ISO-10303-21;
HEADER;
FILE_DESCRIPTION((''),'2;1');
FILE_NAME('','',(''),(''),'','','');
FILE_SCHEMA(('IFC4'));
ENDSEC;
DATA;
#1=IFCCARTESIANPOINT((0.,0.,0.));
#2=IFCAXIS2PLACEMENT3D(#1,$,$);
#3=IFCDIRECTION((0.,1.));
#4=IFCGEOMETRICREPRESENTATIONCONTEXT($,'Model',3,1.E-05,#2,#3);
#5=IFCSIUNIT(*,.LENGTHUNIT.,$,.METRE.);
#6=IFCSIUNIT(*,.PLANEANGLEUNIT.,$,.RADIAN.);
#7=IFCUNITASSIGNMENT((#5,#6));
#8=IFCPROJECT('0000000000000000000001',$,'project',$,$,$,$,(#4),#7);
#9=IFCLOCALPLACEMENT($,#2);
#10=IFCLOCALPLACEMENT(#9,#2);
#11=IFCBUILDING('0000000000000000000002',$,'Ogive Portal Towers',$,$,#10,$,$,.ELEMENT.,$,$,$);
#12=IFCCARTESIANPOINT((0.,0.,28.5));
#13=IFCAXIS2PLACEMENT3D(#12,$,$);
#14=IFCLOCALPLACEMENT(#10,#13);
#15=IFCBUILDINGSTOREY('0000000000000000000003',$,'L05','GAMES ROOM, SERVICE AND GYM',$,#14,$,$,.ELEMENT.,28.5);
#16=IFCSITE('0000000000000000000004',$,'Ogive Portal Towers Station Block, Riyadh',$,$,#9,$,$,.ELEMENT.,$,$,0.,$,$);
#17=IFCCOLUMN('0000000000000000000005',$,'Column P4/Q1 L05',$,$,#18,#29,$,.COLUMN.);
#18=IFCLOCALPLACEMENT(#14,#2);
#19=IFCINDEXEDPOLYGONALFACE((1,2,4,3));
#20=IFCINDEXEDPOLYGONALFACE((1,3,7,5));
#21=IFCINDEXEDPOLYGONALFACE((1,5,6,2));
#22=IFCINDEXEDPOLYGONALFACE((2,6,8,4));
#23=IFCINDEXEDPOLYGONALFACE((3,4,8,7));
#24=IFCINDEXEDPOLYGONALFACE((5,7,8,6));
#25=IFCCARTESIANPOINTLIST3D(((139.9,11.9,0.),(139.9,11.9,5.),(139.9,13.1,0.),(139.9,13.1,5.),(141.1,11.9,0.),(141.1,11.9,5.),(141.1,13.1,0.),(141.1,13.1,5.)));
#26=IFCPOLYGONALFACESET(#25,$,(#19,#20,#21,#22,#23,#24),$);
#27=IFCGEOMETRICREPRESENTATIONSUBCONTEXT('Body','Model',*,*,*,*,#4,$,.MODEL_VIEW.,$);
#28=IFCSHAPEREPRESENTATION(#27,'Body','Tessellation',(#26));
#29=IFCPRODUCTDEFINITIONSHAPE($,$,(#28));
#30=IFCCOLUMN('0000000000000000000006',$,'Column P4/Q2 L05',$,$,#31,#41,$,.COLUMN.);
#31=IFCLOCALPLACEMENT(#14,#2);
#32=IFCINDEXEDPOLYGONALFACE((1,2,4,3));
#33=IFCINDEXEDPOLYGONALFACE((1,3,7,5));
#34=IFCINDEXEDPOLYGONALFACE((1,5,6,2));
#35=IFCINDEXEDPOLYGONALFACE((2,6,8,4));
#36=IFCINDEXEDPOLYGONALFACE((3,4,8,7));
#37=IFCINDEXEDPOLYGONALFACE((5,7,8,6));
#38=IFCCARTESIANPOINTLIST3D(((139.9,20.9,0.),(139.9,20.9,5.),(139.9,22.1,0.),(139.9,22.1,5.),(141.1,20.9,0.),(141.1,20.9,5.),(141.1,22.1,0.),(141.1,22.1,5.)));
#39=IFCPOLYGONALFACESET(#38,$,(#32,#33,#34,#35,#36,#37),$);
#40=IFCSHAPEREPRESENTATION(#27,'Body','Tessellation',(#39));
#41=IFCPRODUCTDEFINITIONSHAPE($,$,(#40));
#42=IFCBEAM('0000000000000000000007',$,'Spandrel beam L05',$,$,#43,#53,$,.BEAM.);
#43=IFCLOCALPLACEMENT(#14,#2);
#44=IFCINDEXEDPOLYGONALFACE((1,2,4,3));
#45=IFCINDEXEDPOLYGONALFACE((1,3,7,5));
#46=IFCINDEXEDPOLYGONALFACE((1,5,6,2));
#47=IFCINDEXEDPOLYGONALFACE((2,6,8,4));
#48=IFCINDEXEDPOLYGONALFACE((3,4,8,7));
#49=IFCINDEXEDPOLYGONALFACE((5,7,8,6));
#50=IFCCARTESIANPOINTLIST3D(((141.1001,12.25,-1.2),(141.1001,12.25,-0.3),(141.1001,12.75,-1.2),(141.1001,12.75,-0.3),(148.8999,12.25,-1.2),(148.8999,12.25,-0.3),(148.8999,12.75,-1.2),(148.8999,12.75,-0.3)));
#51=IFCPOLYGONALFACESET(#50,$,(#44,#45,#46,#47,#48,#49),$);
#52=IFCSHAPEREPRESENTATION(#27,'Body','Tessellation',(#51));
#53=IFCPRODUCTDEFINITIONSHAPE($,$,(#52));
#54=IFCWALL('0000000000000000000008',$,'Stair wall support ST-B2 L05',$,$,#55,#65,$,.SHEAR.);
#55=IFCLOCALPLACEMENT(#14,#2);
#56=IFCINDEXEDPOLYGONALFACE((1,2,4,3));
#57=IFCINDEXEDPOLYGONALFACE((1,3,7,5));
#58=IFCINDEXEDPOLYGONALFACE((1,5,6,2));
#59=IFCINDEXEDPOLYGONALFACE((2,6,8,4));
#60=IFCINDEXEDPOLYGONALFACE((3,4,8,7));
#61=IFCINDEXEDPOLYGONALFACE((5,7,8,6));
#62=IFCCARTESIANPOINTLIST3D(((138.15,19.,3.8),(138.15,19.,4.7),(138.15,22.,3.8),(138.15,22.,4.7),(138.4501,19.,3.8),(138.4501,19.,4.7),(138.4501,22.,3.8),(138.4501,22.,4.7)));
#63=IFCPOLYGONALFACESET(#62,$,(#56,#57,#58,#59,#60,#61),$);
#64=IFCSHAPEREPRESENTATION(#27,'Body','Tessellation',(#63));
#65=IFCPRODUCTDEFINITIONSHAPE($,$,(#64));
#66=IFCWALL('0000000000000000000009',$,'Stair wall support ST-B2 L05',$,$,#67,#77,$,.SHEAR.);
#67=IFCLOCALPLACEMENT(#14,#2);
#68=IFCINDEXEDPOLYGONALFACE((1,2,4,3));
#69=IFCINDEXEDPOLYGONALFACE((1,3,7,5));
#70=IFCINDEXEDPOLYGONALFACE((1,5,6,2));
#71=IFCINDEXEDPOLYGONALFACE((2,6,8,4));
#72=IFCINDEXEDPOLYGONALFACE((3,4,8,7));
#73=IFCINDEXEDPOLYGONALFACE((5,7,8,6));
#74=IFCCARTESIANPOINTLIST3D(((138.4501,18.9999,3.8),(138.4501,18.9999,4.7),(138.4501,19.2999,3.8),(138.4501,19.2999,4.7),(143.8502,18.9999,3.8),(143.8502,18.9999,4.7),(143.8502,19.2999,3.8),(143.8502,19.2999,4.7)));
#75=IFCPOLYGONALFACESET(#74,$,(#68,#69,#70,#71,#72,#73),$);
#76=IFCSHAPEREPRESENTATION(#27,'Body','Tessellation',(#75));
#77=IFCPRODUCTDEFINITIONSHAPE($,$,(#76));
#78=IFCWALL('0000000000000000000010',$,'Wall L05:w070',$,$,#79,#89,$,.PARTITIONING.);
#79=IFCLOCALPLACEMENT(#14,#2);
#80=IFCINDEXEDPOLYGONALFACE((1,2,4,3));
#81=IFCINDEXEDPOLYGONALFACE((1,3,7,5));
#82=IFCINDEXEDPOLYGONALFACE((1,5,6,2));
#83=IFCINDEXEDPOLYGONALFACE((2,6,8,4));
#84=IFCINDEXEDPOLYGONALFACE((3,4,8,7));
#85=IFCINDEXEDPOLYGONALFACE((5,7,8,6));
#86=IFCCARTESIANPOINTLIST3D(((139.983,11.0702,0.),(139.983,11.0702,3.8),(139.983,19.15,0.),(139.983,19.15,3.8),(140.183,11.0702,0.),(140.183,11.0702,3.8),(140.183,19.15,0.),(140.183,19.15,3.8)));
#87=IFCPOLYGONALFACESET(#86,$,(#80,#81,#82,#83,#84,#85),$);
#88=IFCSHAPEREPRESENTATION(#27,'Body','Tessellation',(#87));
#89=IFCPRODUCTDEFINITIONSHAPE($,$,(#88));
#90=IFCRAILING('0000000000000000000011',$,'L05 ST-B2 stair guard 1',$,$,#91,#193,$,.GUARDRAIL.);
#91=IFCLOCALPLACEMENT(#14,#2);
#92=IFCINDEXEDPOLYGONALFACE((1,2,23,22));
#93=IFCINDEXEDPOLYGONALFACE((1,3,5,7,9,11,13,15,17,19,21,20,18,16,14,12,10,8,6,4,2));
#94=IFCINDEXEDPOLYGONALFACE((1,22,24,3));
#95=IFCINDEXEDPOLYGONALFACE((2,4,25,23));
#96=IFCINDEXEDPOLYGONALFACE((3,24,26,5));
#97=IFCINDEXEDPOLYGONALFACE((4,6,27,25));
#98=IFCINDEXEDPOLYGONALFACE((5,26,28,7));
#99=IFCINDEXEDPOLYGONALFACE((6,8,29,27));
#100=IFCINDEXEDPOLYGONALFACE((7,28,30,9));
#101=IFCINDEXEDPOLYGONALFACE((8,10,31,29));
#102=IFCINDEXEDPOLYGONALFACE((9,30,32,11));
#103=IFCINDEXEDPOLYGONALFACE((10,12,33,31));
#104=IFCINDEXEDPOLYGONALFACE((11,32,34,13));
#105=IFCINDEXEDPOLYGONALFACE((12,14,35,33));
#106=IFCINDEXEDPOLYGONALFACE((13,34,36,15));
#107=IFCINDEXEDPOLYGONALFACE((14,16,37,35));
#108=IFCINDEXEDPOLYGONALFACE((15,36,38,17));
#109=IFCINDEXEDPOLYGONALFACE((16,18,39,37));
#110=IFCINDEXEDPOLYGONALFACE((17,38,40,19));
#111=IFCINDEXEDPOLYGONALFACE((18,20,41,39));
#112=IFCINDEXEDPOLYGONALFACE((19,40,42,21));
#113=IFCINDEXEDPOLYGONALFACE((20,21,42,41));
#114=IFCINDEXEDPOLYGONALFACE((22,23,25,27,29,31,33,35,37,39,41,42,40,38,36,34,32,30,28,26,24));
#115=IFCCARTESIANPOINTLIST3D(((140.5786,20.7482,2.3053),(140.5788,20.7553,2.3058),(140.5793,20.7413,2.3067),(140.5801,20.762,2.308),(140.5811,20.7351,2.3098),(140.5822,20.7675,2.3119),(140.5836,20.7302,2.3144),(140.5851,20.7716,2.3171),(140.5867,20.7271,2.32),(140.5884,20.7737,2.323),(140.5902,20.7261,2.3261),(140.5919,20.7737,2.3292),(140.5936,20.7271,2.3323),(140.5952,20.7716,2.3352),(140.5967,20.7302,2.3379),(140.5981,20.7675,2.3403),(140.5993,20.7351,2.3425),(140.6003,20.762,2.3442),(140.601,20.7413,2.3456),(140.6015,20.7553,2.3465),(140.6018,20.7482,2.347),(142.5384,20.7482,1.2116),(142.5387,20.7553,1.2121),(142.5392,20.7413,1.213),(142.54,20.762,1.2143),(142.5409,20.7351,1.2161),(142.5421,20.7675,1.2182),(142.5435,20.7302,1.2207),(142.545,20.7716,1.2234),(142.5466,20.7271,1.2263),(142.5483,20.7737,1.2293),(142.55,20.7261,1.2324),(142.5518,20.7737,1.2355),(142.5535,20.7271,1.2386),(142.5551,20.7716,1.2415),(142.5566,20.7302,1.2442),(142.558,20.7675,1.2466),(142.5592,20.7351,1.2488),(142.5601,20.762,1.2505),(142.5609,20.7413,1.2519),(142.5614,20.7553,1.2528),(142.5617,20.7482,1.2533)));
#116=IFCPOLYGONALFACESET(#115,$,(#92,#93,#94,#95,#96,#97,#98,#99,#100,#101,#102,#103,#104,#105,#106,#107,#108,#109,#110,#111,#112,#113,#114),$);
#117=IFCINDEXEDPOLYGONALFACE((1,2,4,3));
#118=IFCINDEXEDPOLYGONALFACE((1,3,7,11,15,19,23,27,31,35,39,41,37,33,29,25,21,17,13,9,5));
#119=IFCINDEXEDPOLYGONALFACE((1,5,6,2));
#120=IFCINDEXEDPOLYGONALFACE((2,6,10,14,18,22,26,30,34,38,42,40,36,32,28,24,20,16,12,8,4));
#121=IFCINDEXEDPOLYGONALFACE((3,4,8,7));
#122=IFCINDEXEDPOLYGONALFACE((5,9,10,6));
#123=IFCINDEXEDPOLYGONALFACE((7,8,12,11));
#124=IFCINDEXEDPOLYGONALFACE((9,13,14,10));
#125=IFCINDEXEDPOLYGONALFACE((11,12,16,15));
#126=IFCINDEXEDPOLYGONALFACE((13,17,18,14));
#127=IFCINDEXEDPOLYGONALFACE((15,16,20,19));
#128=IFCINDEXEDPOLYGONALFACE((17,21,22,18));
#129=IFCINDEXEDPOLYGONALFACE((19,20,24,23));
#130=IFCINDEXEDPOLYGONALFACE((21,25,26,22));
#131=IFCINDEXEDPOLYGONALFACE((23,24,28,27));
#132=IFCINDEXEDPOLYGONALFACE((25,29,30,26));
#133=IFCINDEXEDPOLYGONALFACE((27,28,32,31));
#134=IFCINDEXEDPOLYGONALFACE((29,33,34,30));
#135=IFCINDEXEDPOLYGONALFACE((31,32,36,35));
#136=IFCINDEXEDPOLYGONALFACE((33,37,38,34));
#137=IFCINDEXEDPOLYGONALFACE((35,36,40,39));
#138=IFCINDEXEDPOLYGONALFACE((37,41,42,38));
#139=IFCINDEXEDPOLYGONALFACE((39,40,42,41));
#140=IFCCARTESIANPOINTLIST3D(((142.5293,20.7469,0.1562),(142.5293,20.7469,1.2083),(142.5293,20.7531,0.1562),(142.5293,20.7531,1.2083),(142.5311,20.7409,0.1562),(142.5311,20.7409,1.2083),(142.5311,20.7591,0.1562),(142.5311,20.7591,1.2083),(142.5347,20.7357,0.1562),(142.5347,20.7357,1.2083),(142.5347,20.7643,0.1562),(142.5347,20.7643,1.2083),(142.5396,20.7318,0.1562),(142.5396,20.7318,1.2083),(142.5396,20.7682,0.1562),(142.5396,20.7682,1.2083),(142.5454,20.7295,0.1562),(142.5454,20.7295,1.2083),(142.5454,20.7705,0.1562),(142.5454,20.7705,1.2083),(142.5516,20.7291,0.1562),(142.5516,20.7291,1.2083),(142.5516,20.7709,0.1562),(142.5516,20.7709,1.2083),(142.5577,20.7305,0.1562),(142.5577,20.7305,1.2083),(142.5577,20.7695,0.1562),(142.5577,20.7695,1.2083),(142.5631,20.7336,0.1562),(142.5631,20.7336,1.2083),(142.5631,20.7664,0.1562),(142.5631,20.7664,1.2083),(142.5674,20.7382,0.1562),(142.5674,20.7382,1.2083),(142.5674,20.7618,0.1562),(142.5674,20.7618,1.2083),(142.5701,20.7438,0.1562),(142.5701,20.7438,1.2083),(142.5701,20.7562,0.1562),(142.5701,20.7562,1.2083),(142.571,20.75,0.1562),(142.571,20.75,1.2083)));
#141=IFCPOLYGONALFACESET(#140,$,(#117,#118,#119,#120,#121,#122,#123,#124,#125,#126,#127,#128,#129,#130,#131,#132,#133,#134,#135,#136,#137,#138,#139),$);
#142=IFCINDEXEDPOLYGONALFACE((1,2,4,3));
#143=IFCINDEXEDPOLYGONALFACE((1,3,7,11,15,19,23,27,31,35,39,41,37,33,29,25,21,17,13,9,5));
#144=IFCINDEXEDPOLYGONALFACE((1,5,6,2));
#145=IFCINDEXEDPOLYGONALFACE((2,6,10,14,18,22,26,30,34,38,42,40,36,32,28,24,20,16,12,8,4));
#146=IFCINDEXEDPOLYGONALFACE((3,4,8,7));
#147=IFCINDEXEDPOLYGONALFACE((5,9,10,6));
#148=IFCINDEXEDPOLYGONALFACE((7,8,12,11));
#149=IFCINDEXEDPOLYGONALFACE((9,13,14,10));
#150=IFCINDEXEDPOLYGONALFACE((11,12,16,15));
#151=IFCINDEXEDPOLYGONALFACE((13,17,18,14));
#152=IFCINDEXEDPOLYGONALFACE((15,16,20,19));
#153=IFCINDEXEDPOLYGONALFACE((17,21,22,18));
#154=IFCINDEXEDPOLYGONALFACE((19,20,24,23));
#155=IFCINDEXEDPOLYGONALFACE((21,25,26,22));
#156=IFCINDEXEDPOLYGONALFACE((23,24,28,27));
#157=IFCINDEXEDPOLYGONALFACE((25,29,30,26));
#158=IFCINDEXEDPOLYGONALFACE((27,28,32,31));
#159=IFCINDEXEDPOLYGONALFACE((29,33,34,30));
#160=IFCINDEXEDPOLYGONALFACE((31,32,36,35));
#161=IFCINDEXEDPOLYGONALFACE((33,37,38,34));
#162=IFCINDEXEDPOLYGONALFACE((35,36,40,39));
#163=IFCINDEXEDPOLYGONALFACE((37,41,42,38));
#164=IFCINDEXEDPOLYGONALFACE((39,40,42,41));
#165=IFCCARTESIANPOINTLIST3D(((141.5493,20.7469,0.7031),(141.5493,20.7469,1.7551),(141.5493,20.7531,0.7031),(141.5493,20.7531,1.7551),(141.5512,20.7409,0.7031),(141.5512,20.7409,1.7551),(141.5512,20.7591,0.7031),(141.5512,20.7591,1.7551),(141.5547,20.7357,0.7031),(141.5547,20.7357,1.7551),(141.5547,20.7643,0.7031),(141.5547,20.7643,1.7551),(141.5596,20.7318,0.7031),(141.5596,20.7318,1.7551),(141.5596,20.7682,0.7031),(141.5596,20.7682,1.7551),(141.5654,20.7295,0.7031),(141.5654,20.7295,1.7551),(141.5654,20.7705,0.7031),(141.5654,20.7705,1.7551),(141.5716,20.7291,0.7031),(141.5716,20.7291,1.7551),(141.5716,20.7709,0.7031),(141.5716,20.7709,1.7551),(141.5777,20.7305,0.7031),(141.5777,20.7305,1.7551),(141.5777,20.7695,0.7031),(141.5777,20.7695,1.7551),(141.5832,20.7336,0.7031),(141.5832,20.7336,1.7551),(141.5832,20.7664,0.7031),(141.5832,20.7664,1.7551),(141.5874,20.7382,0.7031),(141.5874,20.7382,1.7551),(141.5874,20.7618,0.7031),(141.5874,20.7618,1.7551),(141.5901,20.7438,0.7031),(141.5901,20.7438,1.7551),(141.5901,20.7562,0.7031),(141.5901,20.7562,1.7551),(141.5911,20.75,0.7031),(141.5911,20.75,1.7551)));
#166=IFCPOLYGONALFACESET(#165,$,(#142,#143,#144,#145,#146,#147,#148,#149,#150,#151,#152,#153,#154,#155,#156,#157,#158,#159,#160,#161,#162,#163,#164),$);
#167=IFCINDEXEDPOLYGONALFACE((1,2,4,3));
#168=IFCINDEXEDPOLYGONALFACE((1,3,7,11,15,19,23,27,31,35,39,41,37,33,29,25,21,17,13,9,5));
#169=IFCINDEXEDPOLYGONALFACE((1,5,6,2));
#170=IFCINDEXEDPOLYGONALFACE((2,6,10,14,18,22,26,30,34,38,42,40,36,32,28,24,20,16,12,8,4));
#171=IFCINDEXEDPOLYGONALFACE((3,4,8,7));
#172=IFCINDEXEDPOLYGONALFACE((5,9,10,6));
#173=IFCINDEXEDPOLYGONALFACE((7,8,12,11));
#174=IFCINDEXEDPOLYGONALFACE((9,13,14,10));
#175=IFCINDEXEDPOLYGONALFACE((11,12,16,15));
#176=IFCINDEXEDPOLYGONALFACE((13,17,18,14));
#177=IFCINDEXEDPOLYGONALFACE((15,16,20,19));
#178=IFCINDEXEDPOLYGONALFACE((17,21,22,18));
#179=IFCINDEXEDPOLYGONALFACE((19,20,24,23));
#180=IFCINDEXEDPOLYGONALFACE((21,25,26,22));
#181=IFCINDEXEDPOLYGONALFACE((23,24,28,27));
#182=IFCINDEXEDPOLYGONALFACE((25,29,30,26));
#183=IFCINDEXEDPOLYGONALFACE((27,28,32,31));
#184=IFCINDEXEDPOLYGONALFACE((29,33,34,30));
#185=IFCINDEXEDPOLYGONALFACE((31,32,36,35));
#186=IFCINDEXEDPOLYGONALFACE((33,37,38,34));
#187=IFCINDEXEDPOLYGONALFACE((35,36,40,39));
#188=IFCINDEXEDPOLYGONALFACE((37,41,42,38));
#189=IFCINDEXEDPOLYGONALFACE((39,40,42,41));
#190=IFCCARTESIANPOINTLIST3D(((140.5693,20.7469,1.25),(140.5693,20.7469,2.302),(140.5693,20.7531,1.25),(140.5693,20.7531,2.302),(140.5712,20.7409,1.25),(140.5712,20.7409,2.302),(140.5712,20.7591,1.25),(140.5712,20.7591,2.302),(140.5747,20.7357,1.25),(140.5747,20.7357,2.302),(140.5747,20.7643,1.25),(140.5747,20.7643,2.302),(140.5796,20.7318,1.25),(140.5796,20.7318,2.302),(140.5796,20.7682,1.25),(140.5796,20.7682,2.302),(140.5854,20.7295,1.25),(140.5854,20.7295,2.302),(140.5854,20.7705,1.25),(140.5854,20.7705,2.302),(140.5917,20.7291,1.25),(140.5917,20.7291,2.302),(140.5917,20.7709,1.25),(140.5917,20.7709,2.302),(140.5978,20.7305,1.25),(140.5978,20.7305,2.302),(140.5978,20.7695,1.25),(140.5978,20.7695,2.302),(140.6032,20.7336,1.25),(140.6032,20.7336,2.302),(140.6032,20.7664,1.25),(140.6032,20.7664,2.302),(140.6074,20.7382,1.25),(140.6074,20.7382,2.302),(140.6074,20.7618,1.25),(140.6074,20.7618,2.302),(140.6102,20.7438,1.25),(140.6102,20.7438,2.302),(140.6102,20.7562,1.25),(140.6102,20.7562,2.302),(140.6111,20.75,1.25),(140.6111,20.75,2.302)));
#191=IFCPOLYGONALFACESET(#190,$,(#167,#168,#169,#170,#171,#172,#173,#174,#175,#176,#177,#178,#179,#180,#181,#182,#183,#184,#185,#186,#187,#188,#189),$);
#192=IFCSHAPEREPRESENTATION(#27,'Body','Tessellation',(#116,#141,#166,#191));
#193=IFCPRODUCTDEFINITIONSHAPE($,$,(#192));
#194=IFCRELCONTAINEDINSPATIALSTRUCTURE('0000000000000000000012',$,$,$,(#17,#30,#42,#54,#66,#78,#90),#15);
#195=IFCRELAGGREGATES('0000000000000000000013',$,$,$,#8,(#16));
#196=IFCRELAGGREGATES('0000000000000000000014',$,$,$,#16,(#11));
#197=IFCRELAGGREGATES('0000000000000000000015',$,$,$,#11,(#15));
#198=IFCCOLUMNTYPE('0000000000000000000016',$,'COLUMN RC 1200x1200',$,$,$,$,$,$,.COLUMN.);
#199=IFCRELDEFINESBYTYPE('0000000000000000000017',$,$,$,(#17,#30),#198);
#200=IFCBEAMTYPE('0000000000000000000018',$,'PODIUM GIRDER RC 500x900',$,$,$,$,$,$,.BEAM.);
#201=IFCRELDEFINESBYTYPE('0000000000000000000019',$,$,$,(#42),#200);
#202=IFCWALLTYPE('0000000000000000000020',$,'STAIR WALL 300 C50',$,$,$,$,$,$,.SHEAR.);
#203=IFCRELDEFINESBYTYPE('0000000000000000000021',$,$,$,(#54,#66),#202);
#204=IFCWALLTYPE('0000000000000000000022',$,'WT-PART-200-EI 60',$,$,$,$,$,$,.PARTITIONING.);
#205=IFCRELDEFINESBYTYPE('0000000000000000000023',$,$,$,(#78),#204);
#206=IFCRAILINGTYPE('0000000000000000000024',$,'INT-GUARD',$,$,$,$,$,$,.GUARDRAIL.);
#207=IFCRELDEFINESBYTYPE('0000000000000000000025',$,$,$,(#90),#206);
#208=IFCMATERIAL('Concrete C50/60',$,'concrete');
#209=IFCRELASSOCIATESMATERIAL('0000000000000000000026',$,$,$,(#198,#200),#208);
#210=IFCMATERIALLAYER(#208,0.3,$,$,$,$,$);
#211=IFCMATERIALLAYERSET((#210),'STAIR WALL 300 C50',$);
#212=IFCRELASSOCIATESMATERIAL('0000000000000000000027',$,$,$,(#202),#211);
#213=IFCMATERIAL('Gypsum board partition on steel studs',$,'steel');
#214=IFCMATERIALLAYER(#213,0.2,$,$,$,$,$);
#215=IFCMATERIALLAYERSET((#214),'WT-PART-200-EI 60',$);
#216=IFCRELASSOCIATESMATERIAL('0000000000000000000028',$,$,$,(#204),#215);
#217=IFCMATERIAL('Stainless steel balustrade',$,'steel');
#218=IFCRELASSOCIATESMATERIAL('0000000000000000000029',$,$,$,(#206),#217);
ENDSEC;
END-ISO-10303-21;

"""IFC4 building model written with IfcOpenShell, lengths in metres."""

from ifc_helpers import new_model, si_unit, direction, frame, frame_2d, origin, origin_2d, place, context, subcontext, project, spatial, rectangle, circle, extrude, material, layer, layer_set, material_profile, profile_set, type_object, element, save


model = new_model("IFC4")

# Units and contexts
model_context = context("Model", 3, precision=1e-05, world=origin(), true_north=direction((0.0, 1.0)))
body_context = subcontext(model_context, "Body", "Model", "MODEL_VIEW")
ifc_project = project(units=[si_unit("LENGTHUNIT", "METRE"), si_unit("PLANEANGLEUNIT", "RADIAN")], contexts=[model_context])

# Site, building, storey
site_placement = place(None, origin())
site = spatial("IfcSite", under=ifc_project, at=site_placement, Name="Ogive Portal Towers Station Block, Riyadh", CompositionType="ELEMENT", RefElevation=0.0)
building_placement = place(site_placement, origin())
building = spatial("IfcBuilding", under=site, at=building_placement, Name="Ogive Portal Towers", CompositionType="ELEMENT")
storey_placement = place(building_placement, frame((0.0, 0.0, 28.5)))
storey = spatial("IfcBuildingStorey", under=building, at=storey_placement, Name="L05", Description="GAMES ROOM, SERVICE AND GYM", CompositionType="ELEMENT", Elevation=28.5)

# Columns
ifc_material_1 = material(Name="Concrete C50/60", Category="concrete")
ifc_material_profile_1 = material_profile(ifc_material_1, rectangle(XDim=1.2, YDim=1.2, at=origin_2d()), Name="RC 1200x1200")
ifc_profile_set_1 = profile_set([ifc_material_profile_1], Name="Concrete C50/60")
column_type = type_object("IfcColumnType", Name="COLUMN RC 1200x1200", PredefinedType="COLUMN", material=ifc_profile_set_1)
for number, where, z_axis, x_axis, name in (
    (1, (140.5, 12.5, 0.0), (0.0, 0.0, 1.0), (1.0, 0.0, 0.0), "Column P4/Q1 L05"),
    (2, (140.5, 21.5, 0.0), (0.0, 0.0, 1.0), (1.0, 0.0, 0.0), "Column P4/Q2 L05"),
):
    element("IfcColumn", number, at=place(storey_placement, frame(where, z_axis=z_axis, x_axis=x_axis)), inside=storey, type_object=column_type, Name=name, PredefinedType="COLUMN", context=body_context, shape_type="SweptSolid", body=[
        extrude(rectangle(XDim=1.2, YDim=1.2, at=origin_2d()), origin(), (0.0, 0.0, 1.0), 5.0),
    ])

# Beam
ifc_material_profile_2 = material_profile(ifc_material_1, rectangle(XDim=0.5, YDim=0.8999, at=origin_2d()), Name="RC 500x900")
ifc_profile_set_2 = profile_set([ifc_material_profile_2], Name="Concrete C50/60")
beam_type = type_object("IfcBeamType", Name="PODIUM GIRDER RC 500x900", PredefinedType="BEAM", material=ifc_profile_set_2)
beam_placement = place(storey_placement, frame((141.1001, 12.5, -0.75), z_axis=(1.0, 0.0, 0.0), x_axis=(0.0, 1.0, 0.0)))
element("IfcBeam", 3, at=beam_placement, inside=storey, type_object=beam_type, Name="Spandrel beam L05", PredefinedType="BEAM", context=body_context, shape_type="SweptSolid", body=[
    extrude(rectangle(XDim=0.5, YDim=0.8999, at=origin_2d()), origin(), (0.0, 0.0, 1.0), 7.7998),
])

# Walls
ifc_layer_1 = layer(ifc_material_1, 0.3)
ifc_layer_set_1 = layer_set([ifc_layer_1], Name="STAIR WALL 300 C50")
wall_type_1 = type_object("IfcWallType", Name="STAIR WALL 300 C50", PredefinedType="SHEAR", material=ifc_layer_set_1)
wall_1_placement = place(storey_placement, frame((138.3, 19.0, 3.8), z_axis=(0.0, 0.0, 1.0), x_axis=(0.0, 1.0, 0.0)))
element("IfcWall", 4, at=wall_1_placement, inside=storey, type_object=wall_type_1, Name="Stair wall support ST-B2 L05", PredefinedType="SHEAR", context=body_context, shape_type="SweptSolid", body=[
    extrude(rectangle(XDim=3.0, YDim=0.3, at=frame_2d((1.5, 0.0))), origin(), (0.0, 0.0, 1.0), 0.8999),
])
wall_2_placement = place(storey_placement, frame((138.45, 19.1499, 3.8), z_axis=(0.0, 0.0, 1.0), x_axis=(1.0, 0.0, 0.0)))
element("IfcWall", 5, at=wall_2_placement, inside=storey, type_object=wall_type_1, Name="Stair wall support ST-B2 L05", PredefinedType="SHEAR", context=body_context, shape_type="SweptSolid", body=[
    extrude(rectangle(XDim=5.4001, YDim=0.3, at=frame_2d((2.7002, 0.0))), origin(), (0.0, 0.0, 1.0), 0.8999),
])
ifc_material_2 = material(Name="Gypsum board partition on steel studs", Category="steel")
ifc_layer_2 = layer(ifc_material_2, 0.2)
ifc_layer_set_2 = layer_set([ifc_layer_2], Name="WT-PART-200-EI 60")
wall_type_2 = type_object("IfcWallType", Name="WT-PART-200-EI 60", PredefinedType="PARTITIONING", material=ifc_layer_set_2)
wall_3_placement = place(storey_placement, frame((140.083, 11.0701, 0.0), z_axis=(0.0, 0.0, 1.0), x_axis=(0.0, 1.0, 0.0)))
element("IfcWall", 6, at=wall_3_placement, inside=storey, type_object=wall_type_2, Name="Wall L05:w070", PredefinedType="PARTITIONING", context=body_context, shape_type="SweptSolid", body=[
    extrude(rectangle(XDim=8.0798, YDim=0.2, at=frame_2d((4.04, 0.0))), origin(), (0.0, 0.0, 1.0), 3.8),
])

# Railing
ifc_material_3 = material(Name="Stainless steel balustrade", Category="steel")
railing_type_1 = type_object("IfcRailingType", Name="INT-GUARD", PredefinedType="GUARDRAIL", material=ifc_material_3)
railing_1_placement = place(storey_placement, frame((142.55, 20.75, 0.1562)))
element("IfcRailing", 7, at=railing_1_placement, inside=storey, type_object=railing_type_1, Name="L05 ST-B2 stair guard 1", PredefinedType="GUARDRAIL", context=body_context, shape_type="SweptSolid", body=[
    extrude(circle(Radius=0.0239, at=origin_2d()), frame((0.0, 0.0, 1.0762), z_axis=(-0.873232, 0.0, 0.487304), x_axis=(0.0, -1.0, 0.0)), (0.0, 0.0, 1.0), 2.2444),
    extrude(circle(Radius=0.021, at=origin_2d()), origin(), (0.0, 0.0, 1.0), 1.052),
    extrude(circle(Radius=0.021, at=origin_2d()), frame((-0.98, 0.0, 0.5469)), (0.0, 0.0, 1.0), 1.052),
    extrude(circle(Radius=0.021, at=origin_2d()), frame((-1.96, 0.0, 1.0938)), (0.0, 0.0, 1.0), 1.052),
])

save(model, "model.ifc")
